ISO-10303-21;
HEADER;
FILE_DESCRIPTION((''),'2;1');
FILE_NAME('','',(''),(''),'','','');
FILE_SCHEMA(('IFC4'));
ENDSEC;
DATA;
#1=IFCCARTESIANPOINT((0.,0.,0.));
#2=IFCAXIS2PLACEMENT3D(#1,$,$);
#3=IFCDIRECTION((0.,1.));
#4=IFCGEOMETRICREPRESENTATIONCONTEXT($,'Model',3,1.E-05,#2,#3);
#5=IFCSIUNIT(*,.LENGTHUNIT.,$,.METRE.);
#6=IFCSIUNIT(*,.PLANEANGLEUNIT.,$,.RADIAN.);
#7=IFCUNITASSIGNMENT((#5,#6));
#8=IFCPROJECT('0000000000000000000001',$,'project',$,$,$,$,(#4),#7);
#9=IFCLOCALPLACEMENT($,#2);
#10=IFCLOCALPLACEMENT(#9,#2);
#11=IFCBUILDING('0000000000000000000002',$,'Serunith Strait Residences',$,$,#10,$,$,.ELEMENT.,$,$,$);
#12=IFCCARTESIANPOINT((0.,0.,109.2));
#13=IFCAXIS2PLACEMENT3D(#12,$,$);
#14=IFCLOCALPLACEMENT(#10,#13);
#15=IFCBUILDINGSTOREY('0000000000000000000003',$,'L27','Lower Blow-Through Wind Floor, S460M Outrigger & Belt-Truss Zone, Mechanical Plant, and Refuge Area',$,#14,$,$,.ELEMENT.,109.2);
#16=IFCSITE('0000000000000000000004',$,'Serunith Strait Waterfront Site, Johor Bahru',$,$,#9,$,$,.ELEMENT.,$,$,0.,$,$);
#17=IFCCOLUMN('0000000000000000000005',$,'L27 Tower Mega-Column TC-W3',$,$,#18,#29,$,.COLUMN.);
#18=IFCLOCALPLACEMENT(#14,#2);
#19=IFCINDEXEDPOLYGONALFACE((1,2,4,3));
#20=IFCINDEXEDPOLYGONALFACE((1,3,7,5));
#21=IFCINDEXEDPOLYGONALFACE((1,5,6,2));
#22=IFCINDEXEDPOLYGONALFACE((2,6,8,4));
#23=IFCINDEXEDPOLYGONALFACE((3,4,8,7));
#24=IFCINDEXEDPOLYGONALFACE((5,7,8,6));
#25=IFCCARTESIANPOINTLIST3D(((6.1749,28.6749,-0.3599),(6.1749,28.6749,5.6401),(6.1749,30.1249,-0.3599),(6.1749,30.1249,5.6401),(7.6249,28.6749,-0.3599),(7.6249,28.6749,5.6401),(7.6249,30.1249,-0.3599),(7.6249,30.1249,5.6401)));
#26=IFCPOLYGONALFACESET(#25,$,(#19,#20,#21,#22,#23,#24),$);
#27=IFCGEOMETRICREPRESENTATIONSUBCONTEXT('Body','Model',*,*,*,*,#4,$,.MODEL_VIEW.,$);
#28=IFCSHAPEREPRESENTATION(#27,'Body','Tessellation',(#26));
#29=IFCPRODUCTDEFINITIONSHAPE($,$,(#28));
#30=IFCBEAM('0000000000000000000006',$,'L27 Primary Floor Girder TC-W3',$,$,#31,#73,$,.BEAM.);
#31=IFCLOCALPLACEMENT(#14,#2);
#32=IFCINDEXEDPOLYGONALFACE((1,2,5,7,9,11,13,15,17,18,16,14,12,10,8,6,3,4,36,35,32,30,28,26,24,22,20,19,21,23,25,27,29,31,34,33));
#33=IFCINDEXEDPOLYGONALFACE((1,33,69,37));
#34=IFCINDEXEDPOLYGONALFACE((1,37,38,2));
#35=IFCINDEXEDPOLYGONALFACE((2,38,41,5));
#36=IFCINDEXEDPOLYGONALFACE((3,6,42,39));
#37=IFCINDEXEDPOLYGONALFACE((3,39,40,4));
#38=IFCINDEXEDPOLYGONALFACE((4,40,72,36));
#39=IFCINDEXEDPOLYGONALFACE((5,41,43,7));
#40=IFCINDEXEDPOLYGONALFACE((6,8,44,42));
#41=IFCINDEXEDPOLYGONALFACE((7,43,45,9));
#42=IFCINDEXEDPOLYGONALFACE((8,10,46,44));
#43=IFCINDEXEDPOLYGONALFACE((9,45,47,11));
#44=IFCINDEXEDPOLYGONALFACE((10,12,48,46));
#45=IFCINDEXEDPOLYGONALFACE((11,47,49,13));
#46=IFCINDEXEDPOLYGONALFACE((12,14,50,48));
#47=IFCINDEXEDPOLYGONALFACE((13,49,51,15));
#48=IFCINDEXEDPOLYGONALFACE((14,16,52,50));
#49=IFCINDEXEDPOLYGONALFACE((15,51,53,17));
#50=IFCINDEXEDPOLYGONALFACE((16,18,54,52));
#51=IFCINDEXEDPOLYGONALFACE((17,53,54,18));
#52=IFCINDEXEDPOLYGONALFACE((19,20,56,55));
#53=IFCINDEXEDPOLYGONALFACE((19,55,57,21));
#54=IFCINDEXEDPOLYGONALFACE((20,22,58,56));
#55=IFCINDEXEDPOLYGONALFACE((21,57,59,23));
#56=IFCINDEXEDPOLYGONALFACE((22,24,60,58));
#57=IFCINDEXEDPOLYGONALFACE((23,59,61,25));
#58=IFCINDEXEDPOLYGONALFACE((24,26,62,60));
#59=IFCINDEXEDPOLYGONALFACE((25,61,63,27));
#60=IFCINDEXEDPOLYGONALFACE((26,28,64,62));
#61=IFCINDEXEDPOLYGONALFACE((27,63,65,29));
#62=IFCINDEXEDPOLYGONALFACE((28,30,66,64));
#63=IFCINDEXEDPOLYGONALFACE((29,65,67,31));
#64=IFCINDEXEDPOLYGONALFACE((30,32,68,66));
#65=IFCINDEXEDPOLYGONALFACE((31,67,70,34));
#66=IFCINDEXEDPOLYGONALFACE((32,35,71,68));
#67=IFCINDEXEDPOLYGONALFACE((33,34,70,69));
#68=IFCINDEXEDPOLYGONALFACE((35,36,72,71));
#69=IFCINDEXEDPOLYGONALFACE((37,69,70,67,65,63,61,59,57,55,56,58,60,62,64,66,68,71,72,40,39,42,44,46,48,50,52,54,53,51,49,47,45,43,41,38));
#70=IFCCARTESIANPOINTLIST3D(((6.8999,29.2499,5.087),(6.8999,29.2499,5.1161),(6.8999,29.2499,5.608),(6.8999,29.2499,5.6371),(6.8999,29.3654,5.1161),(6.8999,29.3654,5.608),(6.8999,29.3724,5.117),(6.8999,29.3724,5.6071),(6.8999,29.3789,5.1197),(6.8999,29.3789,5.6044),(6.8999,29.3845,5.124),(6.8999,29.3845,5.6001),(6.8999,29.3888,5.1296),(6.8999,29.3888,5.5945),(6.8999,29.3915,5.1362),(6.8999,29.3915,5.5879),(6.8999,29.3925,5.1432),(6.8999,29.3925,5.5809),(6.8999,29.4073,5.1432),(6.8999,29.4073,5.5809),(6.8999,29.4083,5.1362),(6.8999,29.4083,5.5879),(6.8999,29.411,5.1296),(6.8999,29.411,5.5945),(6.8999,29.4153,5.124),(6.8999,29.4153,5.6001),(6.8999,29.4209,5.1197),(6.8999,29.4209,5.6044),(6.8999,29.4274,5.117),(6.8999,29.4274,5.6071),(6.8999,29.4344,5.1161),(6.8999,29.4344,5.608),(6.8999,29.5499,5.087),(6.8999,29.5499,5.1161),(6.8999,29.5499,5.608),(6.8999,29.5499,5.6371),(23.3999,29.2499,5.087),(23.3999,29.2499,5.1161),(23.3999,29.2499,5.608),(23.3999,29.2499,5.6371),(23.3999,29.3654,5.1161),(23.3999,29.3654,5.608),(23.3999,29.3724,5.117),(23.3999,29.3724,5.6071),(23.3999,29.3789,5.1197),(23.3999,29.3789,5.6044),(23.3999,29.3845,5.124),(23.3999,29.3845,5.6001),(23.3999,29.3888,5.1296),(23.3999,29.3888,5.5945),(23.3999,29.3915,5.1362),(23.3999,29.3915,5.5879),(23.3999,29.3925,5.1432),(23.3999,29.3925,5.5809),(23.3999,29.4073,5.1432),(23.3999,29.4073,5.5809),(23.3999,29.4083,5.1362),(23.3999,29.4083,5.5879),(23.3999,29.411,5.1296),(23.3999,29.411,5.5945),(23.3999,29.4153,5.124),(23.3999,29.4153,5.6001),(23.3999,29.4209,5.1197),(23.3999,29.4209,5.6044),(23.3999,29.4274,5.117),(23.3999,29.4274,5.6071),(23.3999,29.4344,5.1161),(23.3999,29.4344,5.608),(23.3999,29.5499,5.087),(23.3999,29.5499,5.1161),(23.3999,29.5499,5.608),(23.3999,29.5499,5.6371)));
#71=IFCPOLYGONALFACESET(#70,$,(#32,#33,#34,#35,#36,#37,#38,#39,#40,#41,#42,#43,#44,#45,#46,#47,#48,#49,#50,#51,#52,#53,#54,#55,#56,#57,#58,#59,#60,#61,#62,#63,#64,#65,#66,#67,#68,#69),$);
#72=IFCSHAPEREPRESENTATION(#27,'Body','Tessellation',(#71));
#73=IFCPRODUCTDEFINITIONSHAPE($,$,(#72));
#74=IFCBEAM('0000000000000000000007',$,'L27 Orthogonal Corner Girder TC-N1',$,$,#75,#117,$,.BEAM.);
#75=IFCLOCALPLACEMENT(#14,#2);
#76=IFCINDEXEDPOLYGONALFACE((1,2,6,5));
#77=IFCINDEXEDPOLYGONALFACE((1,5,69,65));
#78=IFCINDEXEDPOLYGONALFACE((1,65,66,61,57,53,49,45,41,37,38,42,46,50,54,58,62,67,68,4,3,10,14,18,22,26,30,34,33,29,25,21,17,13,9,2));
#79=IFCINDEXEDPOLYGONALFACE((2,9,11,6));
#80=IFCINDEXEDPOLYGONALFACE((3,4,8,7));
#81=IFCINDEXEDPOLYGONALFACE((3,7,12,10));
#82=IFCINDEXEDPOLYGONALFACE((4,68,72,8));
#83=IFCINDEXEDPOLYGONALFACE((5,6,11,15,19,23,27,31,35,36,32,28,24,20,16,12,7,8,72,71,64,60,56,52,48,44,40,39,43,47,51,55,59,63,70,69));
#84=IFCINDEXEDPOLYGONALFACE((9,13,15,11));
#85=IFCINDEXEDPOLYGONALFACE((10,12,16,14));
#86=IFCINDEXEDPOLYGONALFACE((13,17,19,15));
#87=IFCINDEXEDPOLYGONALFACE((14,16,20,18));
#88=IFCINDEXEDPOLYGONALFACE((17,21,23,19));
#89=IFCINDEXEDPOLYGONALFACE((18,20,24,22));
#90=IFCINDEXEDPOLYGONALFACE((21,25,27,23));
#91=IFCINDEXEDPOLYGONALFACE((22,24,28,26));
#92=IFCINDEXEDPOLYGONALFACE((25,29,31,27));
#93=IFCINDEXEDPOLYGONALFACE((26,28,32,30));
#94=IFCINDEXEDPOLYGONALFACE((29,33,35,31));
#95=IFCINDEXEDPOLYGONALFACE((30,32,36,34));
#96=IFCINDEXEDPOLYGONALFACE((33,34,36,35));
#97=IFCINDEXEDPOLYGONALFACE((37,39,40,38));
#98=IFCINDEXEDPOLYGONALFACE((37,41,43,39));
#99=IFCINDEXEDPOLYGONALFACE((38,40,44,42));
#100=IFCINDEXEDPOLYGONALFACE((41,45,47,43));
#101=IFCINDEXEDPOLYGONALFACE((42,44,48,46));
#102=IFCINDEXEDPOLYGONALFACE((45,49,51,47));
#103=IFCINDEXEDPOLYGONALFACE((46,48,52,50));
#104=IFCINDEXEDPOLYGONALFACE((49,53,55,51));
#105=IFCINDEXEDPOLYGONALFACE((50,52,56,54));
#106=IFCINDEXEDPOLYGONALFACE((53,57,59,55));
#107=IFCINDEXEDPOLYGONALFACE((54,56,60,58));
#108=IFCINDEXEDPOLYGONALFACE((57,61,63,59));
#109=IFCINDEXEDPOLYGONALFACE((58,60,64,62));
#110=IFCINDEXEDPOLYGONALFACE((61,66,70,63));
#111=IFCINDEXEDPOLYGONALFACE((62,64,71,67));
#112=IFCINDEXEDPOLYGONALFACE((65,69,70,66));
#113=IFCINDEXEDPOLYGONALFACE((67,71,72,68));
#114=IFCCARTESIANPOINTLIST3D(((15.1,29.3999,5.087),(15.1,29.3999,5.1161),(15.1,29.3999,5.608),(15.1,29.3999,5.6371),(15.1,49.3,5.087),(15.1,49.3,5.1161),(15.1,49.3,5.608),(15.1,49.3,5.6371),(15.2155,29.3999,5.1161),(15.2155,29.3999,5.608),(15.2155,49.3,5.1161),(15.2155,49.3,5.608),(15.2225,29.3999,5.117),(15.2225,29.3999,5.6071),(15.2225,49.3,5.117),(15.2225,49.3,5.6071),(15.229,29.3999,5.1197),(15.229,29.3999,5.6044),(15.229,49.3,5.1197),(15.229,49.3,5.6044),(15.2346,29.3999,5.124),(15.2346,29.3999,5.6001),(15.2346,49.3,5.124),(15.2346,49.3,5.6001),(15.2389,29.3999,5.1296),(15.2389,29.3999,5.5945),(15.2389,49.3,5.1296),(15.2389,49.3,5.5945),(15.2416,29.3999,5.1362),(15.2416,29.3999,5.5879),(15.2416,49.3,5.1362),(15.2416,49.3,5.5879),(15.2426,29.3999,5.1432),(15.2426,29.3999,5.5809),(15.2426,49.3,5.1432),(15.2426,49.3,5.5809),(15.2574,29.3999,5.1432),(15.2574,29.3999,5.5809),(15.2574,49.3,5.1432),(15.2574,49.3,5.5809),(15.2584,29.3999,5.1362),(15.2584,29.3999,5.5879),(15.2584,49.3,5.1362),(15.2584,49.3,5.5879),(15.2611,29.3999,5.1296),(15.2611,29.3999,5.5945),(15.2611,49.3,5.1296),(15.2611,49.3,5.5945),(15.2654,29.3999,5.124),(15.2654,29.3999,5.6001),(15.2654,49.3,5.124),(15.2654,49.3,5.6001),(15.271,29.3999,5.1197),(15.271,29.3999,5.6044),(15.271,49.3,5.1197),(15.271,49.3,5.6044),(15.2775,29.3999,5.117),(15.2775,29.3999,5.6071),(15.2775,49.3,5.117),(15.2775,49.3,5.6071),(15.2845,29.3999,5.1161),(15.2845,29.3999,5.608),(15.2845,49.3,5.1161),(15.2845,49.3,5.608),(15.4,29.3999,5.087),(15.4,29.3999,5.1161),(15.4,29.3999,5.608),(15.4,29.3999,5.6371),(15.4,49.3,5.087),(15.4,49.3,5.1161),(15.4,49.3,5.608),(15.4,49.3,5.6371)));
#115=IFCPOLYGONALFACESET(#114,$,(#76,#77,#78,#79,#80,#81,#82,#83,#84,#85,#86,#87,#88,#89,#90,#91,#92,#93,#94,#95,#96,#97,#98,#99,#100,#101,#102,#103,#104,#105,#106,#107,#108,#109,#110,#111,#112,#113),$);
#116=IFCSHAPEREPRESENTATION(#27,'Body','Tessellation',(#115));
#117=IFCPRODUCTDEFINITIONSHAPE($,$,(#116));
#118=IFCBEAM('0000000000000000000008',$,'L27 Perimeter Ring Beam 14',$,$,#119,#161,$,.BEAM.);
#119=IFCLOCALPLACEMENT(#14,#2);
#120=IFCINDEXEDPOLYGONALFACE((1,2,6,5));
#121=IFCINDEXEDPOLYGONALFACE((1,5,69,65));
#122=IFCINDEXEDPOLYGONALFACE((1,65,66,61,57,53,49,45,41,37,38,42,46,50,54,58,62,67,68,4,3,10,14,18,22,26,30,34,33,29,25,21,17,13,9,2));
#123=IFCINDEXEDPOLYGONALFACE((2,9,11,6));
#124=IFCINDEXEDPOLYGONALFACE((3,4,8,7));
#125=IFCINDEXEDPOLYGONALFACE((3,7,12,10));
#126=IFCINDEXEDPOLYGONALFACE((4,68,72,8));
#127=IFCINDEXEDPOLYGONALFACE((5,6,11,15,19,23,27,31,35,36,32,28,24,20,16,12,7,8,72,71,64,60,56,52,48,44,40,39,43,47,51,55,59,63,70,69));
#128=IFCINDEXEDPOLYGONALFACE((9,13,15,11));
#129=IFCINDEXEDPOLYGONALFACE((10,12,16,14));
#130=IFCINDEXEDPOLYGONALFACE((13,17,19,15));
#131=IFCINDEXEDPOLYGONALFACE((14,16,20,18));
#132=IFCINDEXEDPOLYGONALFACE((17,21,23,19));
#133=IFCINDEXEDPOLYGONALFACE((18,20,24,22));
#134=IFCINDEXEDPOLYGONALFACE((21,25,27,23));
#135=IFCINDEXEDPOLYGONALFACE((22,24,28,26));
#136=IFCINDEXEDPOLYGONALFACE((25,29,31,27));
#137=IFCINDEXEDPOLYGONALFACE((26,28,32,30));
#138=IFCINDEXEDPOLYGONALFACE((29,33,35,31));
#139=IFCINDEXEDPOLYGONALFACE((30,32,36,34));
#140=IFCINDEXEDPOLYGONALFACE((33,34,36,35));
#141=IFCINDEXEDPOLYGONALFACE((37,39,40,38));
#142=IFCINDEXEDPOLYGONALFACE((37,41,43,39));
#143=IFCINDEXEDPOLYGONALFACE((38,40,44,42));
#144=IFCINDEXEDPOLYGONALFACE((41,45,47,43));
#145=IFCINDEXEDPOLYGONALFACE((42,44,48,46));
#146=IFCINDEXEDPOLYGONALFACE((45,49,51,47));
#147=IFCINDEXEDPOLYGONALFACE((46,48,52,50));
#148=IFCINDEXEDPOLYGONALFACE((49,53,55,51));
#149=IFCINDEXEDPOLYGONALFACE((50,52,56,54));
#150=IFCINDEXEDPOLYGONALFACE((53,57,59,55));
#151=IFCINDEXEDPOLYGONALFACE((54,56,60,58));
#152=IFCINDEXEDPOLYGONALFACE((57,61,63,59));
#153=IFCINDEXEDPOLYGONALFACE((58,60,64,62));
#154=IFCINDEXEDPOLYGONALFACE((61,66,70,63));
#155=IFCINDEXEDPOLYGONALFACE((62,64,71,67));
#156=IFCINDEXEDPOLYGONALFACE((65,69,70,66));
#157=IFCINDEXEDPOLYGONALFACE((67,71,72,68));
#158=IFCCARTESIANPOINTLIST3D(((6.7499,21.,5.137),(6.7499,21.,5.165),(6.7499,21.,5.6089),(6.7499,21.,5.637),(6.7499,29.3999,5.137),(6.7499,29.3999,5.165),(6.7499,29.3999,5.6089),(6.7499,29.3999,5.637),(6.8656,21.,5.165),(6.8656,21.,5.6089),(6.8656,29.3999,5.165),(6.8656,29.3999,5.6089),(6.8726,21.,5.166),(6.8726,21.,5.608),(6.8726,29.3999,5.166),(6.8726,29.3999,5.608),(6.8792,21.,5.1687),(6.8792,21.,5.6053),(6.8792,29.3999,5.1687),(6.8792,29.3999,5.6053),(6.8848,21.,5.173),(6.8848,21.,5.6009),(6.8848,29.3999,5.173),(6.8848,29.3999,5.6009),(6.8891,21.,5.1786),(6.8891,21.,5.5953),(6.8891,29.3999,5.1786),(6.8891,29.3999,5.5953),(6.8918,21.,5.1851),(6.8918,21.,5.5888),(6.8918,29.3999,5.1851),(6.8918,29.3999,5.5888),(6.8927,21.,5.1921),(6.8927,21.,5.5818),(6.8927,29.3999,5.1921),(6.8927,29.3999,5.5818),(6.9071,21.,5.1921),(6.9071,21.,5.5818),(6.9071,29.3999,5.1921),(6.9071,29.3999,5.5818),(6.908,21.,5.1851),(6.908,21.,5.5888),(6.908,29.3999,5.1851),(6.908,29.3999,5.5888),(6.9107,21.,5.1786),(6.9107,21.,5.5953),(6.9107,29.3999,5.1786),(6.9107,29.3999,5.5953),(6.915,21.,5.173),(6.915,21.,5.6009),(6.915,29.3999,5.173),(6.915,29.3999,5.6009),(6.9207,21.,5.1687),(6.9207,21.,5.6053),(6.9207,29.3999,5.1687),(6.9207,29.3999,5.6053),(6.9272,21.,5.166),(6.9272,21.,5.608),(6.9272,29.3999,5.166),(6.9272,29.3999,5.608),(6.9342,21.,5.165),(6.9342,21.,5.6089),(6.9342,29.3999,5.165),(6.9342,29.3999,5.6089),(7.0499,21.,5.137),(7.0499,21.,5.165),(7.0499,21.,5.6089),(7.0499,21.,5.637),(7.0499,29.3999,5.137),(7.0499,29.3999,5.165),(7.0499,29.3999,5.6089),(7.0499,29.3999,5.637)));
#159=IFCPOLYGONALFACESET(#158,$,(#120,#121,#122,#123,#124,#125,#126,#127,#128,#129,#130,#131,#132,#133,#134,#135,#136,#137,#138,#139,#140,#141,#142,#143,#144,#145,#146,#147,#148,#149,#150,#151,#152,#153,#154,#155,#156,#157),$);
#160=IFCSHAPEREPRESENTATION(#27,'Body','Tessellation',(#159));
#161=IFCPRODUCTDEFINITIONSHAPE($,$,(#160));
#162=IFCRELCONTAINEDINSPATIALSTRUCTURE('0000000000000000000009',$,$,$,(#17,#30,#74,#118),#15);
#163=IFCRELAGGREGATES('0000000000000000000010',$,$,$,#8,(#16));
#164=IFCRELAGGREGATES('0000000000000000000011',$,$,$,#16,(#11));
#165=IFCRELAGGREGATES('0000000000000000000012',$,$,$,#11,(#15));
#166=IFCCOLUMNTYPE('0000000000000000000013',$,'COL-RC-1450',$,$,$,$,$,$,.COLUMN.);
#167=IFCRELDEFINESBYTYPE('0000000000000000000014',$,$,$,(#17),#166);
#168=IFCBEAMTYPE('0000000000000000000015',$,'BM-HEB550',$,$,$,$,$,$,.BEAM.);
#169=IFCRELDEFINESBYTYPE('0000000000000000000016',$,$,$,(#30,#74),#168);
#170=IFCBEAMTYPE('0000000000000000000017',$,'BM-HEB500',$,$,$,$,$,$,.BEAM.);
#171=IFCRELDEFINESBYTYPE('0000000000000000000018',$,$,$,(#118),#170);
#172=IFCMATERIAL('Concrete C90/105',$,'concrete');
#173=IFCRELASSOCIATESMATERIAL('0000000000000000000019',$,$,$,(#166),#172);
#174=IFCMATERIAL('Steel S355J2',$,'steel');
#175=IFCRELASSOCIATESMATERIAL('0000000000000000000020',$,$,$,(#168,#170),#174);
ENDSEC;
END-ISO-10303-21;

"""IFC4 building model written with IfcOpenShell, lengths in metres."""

from ifc_helpers import new_model, si_unit, direction, frame, origin, origin_2d, place, context, subcontext, project, spatial, rectangle, i_section, extrude, source, transform, mapped, material, material_profile, profile_set, type_object, element, save


model = new_model("IFC4")

# Units and contexts
model_context = context("Model", 3, precision=1e-05, world=origin(), true_north=direction((0.0, 1.0)))
body_context = subcontext(model_context, "Body", "Model", "MODEL_VIEW")
ifc_project = project(units=[si_unit("LENGTHUNIT", "METRE"), si_unit("PLANEANGLEUNIT", "RADIAN")], contexts=[model_context])

# Site, building, storey
site_placement = place(None, origin())
site = spatial("IfcSite", under=ifc_project, at=site_placement, Name="Serunith Strait Waterfront Site, Johor Bahru", CompositionType="ELEMENT", RefElevation=0.0)
building_placement = place(site_placement, origin())
building = spatial("IfcBuilding", under=site, at=building_placement, Name="Serunith Strait Residences", CompositionType="ELEMENT")
storey_placement = place(building_placement, frame((0.0, 0.0, 109.2)))
storey = spatial("IfcBuildingStorey", under=building, at=storey_placement, Name="L27", Description="Lower Blow-Through Wind Floor, S460M Outrigger & Belt-Truss Zone, Mechanical Plant, and Refuge Area", CompositionType="ELEMENT", Elevation=109.2)

# Column
ifc_material_1 = material(Name="Concrete C90/105", Category="concrete")
ifc_material_profile_1 = material_profile(ifc_material_1, rectangle(XDim=1.45, YDim=1.45, at=origin_2d()), Name="RC 1450x1450")
ifc_profile_set_1 = profile_set([ifc_material_profile_1], Name="Concrete C90/105")
column_type = type_object("IfcColumnType", Name="COL-RC-1450", PredefinedType="COLUMN", material=ifc_profile_set_1)
shared_shape_1 = source(origin(), body_context, "Body", "SweptSolid", [
    extrude(rectangle(XDim=1.45, YDim=1.45, at=origin_2d()), origin(), (0.0, 0.0, 1.0), 6.0),
])
column_placement = place(storey_placement, frame((6.8999, 29.3999, -0.3599), z_axis=(0.0, 0.0, 1.0), x_axis=(1.0, 0.0, 0.0)))
element("IfcColumn", 1, at=column_placement, inside=storey, type_object=column_type, Name="L27 Tower Mega-Column TC-W3", PredefinedType="COLUMN", context=body_context, shape_type="MappedRepresentation", body=[
    mapped(shared_shape_1, transform((0.0, 0.0, 0.0), scale=1.0)),
])

# Beams
ifc_material_2 = material(Name="Steel S355J2", Category="steel")
ifc_material_profile_2 = material_profile(ifc_material_2, i_section(OverallWidth=0.3, OverallDepth=0.55, WebThickness=0.0149, FlangeThickness=0.0291, FilletRadius=0.0271, at=origin_2d()), Name="HEB 550")
ifc_profile_set_2 = profile_set([ifc_material_profile_2], Name="Steel S355J2")
beam_type_1 = type_object("IfcBeamType", Name="BM-HEB550", PredefinedType="BEAM", material=ifc_profile_set_2)
shared_shape_2 = source(origin(), body_context, "Body", "SweptSolid", [
    extrude(i_section(OverallWidth=0.3, OverallDepth=0.55, WebThickness=0.0149, FlangeThickness=0.0291, FilletRadius=0.0271, at=origin_2d()), origin(), (0.0, 0.0, 1.0), 16.5),
])
beam_1_placement = place(storey_placement, frame((23.3999, 29.3999, 5.3621), z_axis=(-1.0, 0.0, 0.0), x_axis=(0.0, -1.0, 0.0)))
element("IfcBeam", 2, at=beam_1_placement, inside=storey, type_object=beam_type_1, Name="L27 Primary Floor Girder TC-W3", PredefinedType="BEAM", context=body_context, shape_type="MappedRepresentation", body=[
    mapped(shared_shape_2, transform((0.0, 0.0, 0.0), scale=1.0)),
])
shared_shape_3 = source(origin(), body_context, "Body", "SweptSolid", [
    extrude(i_section(OverallWidth=0.3, OverallDepth=0.55, WebThickness=0.0149, FlangeThickness=0.0291, FilletRadius=0.0271, at=origin_2d()), origin(), (0.0, 0.0, 1.0), 19.9001),
])
beam_2_placement = place(storey_placement, frame((15.25, 29.3999, 5.3621), z_axis=(0.0, 1.0, 0.0), x_axis=(-1.0, 0.0, 0.0)))
element("IfcBeam", 3, at=beam_2_placement, inside=storey, type_object=beam_type_1, Name="L27 Orthogonal Corner Girder TC-N1", PredefinedType="BEAM", context=body_context, shape_type="MappedRepresentation", body=[
    mapped(shared_shape_3, transform((0.0, 0.0, 0.0), scale=1.0)),
])
ifc_material_profile_3 = material_profile(ifc_material_2, i_section(OverallWidth=0.3, OverallDepth=0.5, WebThickness=0.0144, FlangeThickness=0.0281, FilletRadius=0.0271, at=origin_2d()), Name="HEB 500")
ifc_profile_set_3 = profile_set([ifc_material_profile_3], Name="Steel S355J2")
beam_type_2 = type_object("IfcBeamType", Name="BM-HEB500", PredefinedType="BEAM", material=ifc_profile_set_3)
shared_shape_4 = source(origin(), body_context, "Body", "SweptSolid", [
    extrude(i_section(OverallWidth=0.3, OverallDepth=0.5, WebThickness=0.0144, FlangeThickness=0.0281, FilletRadius=0.0271, at=origin_2d()), origin(), (0.0, 0.0, 1.0), 8.3999),
])
beam_3_placement = place(storey_placement, frame((6.8999, 29.3999, 5.387), z_axis=(0.0, -1.0, 0.0), x_axis=(1.0, 0.0, 0.0)))
element("IfcBeam", 4, at=beam_3_placement, inside=storey, type_object=beam_type_2, Name="L27 Perimeter Ring Beam 14", PredefinedType="BEAM", context=body_context, shape_type="MappedRepresentation", body=[
    mapped(shared_shape_4, transform((0.0, 0.0, 0.0), scale=1.0)),
])

save(model, "model.ifc")
